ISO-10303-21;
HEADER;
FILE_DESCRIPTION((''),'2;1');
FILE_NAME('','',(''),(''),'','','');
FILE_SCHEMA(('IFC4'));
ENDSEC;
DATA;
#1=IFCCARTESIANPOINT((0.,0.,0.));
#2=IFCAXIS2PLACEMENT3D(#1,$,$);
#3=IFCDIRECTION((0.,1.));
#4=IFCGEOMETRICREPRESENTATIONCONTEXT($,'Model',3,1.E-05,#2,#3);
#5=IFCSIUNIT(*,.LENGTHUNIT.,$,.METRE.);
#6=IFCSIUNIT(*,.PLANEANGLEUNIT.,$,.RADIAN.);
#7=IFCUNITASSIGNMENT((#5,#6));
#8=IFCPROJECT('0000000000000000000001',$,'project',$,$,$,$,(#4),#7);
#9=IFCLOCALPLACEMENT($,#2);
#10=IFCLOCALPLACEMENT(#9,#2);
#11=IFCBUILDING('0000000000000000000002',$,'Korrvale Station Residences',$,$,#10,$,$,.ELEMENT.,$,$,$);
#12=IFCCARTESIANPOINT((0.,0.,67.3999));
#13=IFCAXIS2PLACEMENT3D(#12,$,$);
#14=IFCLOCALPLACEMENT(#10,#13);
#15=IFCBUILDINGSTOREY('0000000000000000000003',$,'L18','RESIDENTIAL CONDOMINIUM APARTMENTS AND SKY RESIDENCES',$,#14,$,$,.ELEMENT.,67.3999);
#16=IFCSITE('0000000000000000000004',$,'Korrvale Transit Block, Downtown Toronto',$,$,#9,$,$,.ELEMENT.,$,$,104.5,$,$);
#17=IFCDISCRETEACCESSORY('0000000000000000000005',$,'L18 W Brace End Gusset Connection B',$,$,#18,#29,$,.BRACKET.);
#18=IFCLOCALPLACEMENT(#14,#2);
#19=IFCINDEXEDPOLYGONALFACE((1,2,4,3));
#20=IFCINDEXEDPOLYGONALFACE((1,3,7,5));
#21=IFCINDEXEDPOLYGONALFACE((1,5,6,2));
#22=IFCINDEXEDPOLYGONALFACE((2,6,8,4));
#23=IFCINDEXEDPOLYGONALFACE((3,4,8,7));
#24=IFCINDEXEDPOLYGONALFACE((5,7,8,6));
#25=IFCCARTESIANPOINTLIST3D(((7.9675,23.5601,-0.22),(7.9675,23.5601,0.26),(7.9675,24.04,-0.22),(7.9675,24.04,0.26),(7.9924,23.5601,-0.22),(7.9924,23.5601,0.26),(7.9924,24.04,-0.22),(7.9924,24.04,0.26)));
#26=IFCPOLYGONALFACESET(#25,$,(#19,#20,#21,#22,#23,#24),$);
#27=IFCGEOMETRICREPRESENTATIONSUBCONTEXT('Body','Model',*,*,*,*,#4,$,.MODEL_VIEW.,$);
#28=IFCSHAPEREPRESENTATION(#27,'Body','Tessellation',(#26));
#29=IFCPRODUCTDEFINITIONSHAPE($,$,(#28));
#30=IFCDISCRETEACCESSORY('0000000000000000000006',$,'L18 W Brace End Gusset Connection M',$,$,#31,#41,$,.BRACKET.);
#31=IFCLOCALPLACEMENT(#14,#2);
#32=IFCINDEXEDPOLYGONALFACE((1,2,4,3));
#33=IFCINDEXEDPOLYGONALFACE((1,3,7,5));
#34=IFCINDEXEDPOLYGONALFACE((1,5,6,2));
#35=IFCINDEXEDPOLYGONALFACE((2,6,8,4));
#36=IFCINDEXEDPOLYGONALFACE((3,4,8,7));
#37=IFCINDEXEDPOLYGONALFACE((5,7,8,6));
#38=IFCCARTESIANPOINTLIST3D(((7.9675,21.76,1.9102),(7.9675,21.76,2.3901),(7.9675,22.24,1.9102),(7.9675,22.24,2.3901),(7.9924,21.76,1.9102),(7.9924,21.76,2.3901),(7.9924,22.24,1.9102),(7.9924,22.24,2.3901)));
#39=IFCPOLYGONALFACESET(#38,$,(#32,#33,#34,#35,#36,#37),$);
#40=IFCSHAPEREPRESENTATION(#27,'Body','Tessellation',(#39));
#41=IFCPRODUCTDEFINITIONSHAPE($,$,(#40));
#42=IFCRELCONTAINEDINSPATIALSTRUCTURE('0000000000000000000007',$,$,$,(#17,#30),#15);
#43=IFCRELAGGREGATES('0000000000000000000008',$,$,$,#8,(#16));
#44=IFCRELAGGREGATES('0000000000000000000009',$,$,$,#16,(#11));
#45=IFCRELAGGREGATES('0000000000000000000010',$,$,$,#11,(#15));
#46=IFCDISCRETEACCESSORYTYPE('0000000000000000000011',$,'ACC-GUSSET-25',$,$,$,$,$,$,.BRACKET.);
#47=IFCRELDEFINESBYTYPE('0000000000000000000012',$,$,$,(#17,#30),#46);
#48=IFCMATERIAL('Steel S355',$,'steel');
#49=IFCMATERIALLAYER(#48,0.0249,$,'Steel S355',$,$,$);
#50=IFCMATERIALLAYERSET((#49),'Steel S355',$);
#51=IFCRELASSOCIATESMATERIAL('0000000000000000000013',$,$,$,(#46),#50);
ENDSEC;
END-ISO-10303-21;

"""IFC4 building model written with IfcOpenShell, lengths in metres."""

from ifc_helpers import new_model, si_unit, direction, frame, origin, origin_2d, place, context, subcontext, project, spatial, rectangle, extrude, material, layer, layer_set, type_object, element, save


model = new_model("IFC4")

# Units and contexts
model_context = context("Model", 3, precision=1e-05, world=origin(), true_north=direction((0.0, 1.0)))
body_context = subcontext(model_context, "Body", "Model", "MODEL_VIEW")
ifc_project = project(units=[si_unit("LENGTHUNIT", "METRE"), si_unit("PLANEANGLEUNIT", "RADIAN")], contexts=[model_context])

# Site, building, storey
site_placement = place(None, origin())
site = spatial("IfcSite", under=ifc_project, at=site_placement, Name="Korrvale Transit Block, Downtown Toronto", CompositionType="ELEMENT", RefElevation=104.5)
building_placement = place(site_placement, origin())
building = spatial("IfcBuilding", under=site, at=building_placement, Name="Korrvale Station Residences", CompositionType="ELEMENT")
storey_placement = place(building_placement, frame((0.0, 0.0, 67.3999)))
storey = spatial("IfcBuildingStorey", under=building, at=storey_placement, Name="L18", Description="RESIDENTIAL CONDOMINIUM APARTMENTS AND SKY RESIDENCES", CompositionType="ELEMENT", Elevation=67.3999)

# Shared definitions
ifc_material_1 = material(Name="Steel S355", Category="steel")

# Discrete accessories
ifc_layer_1 = layer(ifc_material_1, 0.0249, Name="Steel S355")
ifc_layer_set_1 = layer_set([ifc_layer_1], Name="Steel S355")
discrete_accessory_type = type_object("IfcDiscreteAccessoryType", Name="ACC-GUSSET-25", PredefinedType="BRACKET", material=ifc_layer_set_1)
for number, where, z_axis, x_axis, name in (
    (1, (7.98, 23.8, -0.22), (0.0, 0.0, 1.0), (0.0, 1.0, 0.0), "L18 W Brace End Gusset Connection B"),
    (2, (7.98, 22.0, 1.9102), (0.0, 0.0, 1.0), (0.0, 1.0, 0.0), "L18 W Brace End Gusset Connection M"),
):
    element("IfcDiscreteAccessory", number, at=place(storey_placement, frame(where, z_axis=z_axis, x_axis=x_axis)), inside=storey, type_object=discrete_accessory_type, Name=name, PredefinedType="BRACKET", context=body_context, shape_type="SweptSolid", body=[
        extrude(rectangle(XDim=0.48, YDim=0.0249, at=origin_2d()), origin(), (0.0, 0.0, 1.0), 0.48),
    ])

save(model, "model.ifc")
